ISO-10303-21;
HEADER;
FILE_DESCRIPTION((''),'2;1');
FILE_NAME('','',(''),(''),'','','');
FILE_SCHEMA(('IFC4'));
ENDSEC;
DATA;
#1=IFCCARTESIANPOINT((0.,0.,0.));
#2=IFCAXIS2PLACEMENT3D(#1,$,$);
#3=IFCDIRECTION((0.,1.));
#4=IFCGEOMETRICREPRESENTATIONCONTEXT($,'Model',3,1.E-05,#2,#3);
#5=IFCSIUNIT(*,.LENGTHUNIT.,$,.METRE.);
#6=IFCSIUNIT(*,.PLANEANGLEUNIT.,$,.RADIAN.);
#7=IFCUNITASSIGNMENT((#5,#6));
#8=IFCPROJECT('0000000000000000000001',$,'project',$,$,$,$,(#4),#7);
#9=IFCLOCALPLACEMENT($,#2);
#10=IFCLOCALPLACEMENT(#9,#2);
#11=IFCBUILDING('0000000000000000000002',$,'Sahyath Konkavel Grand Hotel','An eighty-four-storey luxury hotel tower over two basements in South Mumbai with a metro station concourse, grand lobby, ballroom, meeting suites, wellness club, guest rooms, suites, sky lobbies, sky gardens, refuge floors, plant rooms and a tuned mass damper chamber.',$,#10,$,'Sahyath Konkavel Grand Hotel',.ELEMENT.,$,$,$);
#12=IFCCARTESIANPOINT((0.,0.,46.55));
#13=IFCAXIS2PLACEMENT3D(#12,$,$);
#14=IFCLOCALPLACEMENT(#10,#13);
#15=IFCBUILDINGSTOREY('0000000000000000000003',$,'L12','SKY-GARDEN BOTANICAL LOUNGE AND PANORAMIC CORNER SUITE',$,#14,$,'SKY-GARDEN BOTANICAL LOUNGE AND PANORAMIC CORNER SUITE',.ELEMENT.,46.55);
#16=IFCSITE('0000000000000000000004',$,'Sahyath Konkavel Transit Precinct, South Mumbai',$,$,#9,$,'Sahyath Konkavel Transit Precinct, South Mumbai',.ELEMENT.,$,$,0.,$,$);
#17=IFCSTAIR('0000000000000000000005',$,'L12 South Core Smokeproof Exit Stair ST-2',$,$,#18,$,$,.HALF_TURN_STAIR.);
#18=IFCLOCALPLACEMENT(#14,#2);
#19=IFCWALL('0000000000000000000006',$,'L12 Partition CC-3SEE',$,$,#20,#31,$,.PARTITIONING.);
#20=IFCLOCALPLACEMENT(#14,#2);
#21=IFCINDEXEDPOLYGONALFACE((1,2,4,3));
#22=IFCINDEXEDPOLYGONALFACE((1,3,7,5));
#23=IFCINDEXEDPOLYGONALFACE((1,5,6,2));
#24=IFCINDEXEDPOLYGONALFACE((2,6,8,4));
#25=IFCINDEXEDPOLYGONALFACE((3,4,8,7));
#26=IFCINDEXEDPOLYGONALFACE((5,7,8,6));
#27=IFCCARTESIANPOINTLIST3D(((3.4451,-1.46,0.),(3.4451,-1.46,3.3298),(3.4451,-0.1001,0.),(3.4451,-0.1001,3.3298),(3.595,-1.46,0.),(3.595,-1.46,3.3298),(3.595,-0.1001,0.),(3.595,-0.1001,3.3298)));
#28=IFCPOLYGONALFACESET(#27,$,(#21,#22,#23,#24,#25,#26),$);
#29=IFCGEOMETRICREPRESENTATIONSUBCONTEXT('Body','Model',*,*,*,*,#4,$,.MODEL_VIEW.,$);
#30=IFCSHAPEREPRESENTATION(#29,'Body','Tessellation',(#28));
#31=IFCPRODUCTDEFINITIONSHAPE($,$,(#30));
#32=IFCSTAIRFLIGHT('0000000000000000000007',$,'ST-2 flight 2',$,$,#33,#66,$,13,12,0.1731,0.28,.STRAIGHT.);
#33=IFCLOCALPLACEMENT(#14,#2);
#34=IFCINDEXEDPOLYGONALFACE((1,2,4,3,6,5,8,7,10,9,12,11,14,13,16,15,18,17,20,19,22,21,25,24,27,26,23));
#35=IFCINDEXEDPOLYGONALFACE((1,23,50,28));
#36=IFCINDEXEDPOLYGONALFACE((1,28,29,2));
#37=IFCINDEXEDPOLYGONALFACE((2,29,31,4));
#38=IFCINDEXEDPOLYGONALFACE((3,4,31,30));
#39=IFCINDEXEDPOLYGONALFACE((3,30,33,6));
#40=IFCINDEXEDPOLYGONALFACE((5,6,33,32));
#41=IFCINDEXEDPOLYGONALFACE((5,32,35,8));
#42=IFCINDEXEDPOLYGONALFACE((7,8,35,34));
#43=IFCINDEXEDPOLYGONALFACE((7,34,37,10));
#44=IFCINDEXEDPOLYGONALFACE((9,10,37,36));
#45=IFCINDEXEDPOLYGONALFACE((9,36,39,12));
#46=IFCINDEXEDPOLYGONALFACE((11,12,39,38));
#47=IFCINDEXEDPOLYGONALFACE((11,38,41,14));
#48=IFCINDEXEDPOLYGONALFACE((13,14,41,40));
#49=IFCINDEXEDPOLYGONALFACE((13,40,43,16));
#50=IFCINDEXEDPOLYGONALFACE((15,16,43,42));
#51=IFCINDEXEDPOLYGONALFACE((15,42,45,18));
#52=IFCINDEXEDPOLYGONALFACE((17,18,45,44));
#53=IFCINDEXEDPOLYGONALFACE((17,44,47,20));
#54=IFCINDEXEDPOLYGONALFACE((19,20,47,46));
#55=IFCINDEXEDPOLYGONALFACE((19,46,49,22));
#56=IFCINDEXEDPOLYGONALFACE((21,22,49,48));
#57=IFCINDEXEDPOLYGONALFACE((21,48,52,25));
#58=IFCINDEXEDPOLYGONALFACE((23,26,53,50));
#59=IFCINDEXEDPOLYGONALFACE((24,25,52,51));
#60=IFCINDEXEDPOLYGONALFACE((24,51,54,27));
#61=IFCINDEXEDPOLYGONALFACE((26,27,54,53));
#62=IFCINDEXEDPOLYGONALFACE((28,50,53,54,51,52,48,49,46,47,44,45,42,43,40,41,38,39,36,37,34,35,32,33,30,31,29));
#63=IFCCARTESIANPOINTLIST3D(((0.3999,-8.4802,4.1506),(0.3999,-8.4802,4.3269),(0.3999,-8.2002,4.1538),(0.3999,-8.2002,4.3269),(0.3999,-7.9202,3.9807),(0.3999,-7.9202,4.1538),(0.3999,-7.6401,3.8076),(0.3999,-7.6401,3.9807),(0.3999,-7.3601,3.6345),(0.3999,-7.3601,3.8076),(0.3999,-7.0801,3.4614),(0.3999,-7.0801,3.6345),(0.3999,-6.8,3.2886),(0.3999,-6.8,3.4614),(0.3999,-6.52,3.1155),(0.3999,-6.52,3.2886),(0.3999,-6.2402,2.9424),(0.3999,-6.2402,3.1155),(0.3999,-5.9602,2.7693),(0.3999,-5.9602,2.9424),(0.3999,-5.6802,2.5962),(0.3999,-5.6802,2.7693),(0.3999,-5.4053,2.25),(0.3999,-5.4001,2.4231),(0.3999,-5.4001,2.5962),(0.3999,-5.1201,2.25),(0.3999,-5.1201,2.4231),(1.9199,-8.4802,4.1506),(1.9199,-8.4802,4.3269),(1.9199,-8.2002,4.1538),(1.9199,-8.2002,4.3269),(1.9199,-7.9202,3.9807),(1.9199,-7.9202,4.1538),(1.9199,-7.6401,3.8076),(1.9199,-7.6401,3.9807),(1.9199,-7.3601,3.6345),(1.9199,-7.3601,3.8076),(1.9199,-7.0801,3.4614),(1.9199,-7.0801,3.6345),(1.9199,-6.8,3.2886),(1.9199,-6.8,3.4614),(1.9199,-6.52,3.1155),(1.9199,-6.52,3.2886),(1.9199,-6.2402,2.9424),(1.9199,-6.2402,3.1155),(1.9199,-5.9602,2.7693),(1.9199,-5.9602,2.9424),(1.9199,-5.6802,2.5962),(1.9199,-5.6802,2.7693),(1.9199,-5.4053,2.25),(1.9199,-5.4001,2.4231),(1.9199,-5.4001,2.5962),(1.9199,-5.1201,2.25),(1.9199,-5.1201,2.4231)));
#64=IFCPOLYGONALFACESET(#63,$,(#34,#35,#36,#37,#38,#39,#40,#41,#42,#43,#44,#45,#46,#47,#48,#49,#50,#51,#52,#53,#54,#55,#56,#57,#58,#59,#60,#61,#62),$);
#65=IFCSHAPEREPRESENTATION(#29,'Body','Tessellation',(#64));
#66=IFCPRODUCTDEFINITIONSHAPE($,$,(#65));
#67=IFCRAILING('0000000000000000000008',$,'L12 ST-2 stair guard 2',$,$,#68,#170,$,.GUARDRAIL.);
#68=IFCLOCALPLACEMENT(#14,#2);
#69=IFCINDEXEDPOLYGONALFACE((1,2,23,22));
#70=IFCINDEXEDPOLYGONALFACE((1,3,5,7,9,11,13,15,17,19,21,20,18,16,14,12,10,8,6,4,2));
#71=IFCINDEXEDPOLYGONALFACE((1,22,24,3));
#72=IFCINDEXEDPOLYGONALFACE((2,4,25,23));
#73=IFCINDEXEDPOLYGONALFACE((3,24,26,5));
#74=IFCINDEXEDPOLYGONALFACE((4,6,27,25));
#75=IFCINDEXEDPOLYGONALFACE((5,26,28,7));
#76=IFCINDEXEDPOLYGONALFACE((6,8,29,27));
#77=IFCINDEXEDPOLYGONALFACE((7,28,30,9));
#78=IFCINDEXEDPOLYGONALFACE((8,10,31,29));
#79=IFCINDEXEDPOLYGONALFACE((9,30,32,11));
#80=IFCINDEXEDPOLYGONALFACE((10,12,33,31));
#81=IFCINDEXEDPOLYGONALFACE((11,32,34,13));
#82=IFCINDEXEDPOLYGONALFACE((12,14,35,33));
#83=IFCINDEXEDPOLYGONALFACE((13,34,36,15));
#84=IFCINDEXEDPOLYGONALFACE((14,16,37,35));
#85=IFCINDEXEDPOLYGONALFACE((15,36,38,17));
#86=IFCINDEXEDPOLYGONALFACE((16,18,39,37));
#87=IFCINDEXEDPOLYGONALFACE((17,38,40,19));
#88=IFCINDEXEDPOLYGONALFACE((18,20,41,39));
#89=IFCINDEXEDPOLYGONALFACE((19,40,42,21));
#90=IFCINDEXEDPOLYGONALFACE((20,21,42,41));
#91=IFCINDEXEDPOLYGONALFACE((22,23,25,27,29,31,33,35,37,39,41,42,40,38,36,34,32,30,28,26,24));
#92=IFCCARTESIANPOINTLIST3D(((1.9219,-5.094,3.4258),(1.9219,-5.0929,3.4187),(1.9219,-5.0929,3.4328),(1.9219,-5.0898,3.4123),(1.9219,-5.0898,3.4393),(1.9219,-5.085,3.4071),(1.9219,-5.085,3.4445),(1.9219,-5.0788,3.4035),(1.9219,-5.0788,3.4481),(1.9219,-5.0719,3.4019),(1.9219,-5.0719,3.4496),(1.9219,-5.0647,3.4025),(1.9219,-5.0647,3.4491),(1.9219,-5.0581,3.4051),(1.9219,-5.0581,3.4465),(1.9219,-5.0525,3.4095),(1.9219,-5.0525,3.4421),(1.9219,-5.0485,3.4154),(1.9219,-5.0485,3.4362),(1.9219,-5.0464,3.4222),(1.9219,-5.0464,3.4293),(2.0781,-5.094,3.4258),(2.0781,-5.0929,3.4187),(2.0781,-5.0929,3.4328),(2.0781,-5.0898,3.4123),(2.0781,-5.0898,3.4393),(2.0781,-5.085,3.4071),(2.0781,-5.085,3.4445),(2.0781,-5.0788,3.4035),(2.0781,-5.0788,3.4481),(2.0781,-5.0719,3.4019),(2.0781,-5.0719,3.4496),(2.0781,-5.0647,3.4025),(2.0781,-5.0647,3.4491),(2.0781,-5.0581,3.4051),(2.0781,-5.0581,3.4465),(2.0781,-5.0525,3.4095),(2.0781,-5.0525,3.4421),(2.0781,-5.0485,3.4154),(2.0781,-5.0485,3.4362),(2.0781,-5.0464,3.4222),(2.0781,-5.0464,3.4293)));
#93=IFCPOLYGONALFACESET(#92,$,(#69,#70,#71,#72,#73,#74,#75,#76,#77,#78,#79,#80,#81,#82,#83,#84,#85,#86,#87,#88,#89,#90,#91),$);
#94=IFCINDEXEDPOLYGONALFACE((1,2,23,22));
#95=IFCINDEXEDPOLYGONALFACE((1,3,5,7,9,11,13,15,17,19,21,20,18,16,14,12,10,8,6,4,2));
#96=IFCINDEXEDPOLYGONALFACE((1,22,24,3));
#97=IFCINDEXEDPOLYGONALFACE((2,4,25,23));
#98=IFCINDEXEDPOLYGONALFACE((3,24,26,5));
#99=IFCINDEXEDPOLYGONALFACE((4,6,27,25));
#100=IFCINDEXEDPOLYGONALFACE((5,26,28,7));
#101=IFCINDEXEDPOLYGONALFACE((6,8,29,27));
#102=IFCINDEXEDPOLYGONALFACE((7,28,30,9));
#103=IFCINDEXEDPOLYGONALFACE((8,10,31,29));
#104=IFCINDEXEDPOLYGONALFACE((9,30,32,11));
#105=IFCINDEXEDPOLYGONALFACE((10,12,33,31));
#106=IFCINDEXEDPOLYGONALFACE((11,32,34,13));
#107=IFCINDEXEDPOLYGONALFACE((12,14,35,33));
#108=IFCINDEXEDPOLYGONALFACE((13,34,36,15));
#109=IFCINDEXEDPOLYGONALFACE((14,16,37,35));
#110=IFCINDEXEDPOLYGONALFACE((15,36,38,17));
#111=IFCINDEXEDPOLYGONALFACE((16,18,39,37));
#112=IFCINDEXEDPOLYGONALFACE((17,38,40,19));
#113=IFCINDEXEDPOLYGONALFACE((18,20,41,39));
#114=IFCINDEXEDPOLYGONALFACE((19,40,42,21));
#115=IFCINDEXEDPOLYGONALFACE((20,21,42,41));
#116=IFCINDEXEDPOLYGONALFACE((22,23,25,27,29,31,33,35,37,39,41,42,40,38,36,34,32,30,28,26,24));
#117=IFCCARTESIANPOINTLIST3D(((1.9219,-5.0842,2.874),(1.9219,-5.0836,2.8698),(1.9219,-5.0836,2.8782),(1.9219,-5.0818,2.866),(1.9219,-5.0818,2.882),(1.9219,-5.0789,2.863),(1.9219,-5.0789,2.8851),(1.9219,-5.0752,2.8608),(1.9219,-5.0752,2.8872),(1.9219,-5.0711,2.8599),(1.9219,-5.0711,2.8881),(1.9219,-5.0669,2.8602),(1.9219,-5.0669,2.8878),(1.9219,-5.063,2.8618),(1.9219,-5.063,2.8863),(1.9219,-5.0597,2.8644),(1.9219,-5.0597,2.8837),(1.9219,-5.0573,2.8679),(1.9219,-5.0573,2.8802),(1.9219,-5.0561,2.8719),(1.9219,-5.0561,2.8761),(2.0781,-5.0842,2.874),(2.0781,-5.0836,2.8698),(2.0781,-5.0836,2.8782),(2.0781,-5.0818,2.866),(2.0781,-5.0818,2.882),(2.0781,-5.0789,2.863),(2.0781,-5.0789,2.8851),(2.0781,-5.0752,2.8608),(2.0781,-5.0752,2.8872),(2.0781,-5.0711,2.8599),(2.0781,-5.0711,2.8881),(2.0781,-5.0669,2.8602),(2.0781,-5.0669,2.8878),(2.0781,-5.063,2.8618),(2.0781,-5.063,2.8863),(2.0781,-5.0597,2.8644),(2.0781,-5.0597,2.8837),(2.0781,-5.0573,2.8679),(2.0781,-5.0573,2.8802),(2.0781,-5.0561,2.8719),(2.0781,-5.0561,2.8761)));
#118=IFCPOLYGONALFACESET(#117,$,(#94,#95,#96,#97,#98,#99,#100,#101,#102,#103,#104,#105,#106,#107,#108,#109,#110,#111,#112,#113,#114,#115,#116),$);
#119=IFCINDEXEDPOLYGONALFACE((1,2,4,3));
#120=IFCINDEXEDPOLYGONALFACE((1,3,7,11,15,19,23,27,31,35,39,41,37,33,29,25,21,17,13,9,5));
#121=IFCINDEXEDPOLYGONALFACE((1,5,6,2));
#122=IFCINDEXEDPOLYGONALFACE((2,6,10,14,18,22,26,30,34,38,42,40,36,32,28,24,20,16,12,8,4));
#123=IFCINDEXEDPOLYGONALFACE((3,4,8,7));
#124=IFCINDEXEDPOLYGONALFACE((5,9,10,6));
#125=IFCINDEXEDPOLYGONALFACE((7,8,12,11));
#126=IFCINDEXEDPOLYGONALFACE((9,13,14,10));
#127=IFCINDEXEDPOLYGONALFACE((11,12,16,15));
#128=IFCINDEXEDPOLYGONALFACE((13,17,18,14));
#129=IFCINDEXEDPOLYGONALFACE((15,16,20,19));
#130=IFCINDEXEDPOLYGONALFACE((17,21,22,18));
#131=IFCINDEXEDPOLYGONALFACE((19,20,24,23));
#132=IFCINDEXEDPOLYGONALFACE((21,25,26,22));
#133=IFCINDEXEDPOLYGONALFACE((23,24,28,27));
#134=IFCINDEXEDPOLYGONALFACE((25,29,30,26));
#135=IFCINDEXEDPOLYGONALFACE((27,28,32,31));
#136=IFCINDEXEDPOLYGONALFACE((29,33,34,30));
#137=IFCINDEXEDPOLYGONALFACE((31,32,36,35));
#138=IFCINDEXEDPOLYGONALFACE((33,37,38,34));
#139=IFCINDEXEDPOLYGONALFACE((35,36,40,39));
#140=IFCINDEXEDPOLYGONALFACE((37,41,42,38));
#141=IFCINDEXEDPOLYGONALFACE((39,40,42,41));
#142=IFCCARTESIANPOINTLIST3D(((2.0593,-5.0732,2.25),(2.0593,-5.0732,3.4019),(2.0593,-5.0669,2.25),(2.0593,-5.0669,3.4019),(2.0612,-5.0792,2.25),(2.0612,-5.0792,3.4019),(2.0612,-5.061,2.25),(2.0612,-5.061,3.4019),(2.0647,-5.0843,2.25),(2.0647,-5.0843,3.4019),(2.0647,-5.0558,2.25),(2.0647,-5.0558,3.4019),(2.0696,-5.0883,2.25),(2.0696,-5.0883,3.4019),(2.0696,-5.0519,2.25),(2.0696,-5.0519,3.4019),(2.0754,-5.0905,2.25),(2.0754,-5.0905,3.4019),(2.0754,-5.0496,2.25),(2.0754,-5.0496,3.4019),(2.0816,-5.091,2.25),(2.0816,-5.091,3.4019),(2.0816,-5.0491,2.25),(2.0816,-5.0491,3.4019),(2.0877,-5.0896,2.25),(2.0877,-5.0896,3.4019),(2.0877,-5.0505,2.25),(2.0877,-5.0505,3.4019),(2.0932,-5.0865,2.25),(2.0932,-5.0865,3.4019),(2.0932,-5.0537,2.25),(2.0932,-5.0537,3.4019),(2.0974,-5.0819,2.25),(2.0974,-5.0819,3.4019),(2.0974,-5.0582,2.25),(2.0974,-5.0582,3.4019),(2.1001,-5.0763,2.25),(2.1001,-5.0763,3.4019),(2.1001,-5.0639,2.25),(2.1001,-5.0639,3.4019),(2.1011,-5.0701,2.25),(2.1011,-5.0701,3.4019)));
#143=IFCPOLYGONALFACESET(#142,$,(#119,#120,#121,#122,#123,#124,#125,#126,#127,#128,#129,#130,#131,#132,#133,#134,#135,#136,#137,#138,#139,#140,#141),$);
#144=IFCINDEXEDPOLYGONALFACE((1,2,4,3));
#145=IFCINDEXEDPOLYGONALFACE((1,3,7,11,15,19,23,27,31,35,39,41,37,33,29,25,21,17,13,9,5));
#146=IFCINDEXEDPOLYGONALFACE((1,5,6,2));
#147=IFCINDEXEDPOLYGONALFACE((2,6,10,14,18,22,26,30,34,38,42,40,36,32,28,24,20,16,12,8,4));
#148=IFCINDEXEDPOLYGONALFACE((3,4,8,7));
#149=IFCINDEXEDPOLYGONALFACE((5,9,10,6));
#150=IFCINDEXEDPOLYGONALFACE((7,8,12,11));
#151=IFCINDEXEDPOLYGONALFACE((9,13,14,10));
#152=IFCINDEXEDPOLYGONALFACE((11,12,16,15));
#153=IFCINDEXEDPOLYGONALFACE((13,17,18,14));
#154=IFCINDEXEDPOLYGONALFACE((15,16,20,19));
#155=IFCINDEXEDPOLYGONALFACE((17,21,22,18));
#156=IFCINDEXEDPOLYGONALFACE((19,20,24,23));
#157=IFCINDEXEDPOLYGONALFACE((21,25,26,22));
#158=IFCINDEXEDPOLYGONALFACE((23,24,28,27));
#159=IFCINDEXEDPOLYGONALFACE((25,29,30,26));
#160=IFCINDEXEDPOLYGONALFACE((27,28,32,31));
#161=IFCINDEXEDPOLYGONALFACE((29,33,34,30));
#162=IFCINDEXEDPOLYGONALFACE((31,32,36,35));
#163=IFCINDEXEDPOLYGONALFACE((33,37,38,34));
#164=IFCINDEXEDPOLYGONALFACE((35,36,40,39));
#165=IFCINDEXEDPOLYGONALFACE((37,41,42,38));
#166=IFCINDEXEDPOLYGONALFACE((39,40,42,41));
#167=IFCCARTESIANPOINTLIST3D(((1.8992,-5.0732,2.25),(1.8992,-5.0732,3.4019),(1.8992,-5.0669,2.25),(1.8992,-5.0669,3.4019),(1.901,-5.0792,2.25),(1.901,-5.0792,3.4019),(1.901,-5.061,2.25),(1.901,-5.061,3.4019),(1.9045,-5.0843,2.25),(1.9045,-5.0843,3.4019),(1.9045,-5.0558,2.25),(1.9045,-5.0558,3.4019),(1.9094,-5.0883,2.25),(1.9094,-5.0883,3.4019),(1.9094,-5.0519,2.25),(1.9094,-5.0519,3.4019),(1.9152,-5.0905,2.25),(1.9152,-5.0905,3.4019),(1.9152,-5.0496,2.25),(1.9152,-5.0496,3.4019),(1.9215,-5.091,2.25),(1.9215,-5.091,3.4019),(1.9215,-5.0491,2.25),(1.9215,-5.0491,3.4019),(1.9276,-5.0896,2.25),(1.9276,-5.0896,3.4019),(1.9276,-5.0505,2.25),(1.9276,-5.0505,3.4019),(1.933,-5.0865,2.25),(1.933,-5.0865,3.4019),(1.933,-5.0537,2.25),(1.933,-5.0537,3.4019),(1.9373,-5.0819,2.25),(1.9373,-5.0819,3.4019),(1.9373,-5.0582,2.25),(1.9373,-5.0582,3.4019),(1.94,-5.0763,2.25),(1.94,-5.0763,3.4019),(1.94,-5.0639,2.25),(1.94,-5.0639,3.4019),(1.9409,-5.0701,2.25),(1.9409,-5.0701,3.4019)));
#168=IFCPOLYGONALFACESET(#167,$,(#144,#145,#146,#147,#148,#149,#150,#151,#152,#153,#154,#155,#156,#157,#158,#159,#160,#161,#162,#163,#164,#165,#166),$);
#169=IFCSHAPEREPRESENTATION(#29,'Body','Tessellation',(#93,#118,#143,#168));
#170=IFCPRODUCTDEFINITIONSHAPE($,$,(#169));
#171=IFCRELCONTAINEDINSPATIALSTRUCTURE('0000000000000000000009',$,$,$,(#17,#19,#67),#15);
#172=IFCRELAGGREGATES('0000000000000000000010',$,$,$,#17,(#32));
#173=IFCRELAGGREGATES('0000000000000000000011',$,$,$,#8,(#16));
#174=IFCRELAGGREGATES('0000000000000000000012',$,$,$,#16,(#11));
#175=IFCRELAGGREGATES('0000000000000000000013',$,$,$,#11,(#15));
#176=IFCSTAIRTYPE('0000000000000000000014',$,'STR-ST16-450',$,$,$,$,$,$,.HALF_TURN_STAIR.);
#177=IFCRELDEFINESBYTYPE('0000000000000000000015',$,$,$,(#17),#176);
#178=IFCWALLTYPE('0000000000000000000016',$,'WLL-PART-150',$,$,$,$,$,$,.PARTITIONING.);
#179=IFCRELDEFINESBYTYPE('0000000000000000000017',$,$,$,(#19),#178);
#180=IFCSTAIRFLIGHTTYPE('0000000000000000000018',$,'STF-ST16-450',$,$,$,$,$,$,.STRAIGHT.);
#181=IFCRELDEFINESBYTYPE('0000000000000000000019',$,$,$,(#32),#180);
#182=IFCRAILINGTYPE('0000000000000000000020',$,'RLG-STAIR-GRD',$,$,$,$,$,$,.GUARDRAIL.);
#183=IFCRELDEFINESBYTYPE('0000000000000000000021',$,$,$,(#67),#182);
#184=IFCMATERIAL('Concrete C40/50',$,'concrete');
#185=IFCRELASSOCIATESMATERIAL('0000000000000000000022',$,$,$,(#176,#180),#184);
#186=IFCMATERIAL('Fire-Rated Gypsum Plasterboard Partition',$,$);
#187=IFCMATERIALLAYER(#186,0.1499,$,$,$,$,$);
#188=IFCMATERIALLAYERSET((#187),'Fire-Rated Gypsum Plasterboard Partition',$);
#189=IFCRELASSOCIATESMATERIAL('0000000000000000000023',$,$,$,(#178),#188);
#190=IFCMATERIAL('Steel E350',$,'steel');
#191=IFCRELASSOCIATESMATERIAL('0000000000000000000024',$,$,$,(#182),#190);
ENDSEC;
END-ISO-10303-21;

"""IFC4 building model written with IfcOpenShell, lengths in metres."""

from ifc_helpers import new_model, si_unit, direction, frame, frame_2d, origin, origin_2d, place, context, subcontext, project, spatial, polyline, rectangle, circle, outline, extrude, material, layer, layer_set, type_object, element, aggregate, save


model = new_model("IFC4")

# Units and contexts
model_context = context("Model", 3, precision=1e-05, world=origin(), true_north=direction((0.0, 1.0)))
body_context = subcontext(model_context, "Body", "Model", "MODEL_VIEW")
ifc_project = project(units=[si_unit("LENGTHUNIT", "METRE"), si_unit("PLANEANGLEUNIT", "RADIAN")], contexts=[model_context])

# Site, building, storey
site_placement = place(None, origin())
site = spatial("IfcSite", under=ifc_project, at=site_placement, Name="Sahyath Konkavel Transit Precinct, South Mumbai", LongName="Sahyath Konkavel Transit Precinct, South Mumbai", CompositionType="ELEMENT", RefElevation=0.0)
building_placement = place(site_placement, origin())
building = spatial("IfcBuilding", under=site, at=building_placement, Name="Sahyath Konkavel Grand Hotel", Description="An eighty-four-storey luxury hotel tower over two basements in South Mumbai with a metro station concourse, grand lobby, ballroom, meeting suites, wellness club, guest rooms, suites, sky lobbies, sky gardens, refuge floors, plant rooms and a tuned mass damper chamber.", LongName="Sahyath Konkavel Grand Hotel", CompositionType="ELEMENT")
storey_placement = place(building_placement, frame((0.0, 0.0, 46.55)))
storey = spatial("IfcBuildingStorey", under=building, at=storey_placement, Name="L12", Description="SKY-GARDEN BOTANICAL LOUNGE AND PANORAMIC CORNER SUITE", LongName="SKY-GARDEN BOTANICAL LOUNGE AND PANORAMIC CORNER SUITE", CompositionType="ELEMENT", Elevation=46.55)

# Shared definitions
ifc_material_1 = material(Name="Steel E350", Category="steel")

# Shared definitions
ifc_material_2 = material(Name="Concrete C40/50", Category="concrete")

# Stair
stair_type = type_object("IfcStairType", Name="STR-ST16-450", PredefinedType="HALF_TURN_STAIR", material=ifc_material_2)
stair_1_placement = place(storey_placement, origin())
stair_1 = element("IfcStair", 1, at=stair_1_placement, inside=storey, type_object=stair_type, Name="L12 South Core Smokeproof Exit Stair ST-2", PredefinedType="HALF_TURN_STAIR")

# Shared definitions
ifc_material_3 = material(Name="Fire-Rated Gypsum Plasterboard Partition")
ifc_layer_1 = layer(ifc_material_3, 0.1499)
ifc_layer_set_1 = layer_set([ifc_layer_1], Name="Fire-Rated Gypsum Plasterboard Partition")
wall_type_1 = type_object("IfcWallType", Name="WLL-PART-150", PredefinedType="PARTITIONING", material=ifc_layer_set_1)

# Wall
wall_1_placement = place(storey_placement, frame((3.52, -1.46, 0.0), z_axis=(0.0, 0.0, 1.0), x_axis=(0.0, 1.0, 0.0)))
element("IfcWall", 2, at=wall_1_placement, inside=storey, type_object=wall_type_1, Name="L12 Partition CC-3SEE", PredefinedType="PARTITIONING", context=body_context, shape_type="SweptSolid", body=[
    extrude(rectangle(XDim=1.3599, YDim=0.1499, at=frame_2d((0.6799, 0.0))), origin(), (0.0, 0.0, 1.0), 3.3298),
])

# Stair flight
stair_flight_type = type_object("IfcStairFlightType", Name="STF-ST16-450", PredefinedType="STRAIGHT", material=ifc_material_2)
stair_flight_placement = place(storey_placement, frame((1.1599, -5.1201, 2.25), z_axis=(0.0, 0.0, 1.0), x_axis=(0.0, -1.0, 0.0)))
stair_flight = element("IfcStairFlight", 3, at=stair_flight_placement, type_object=stair_flight_type, Name="ST-2 flight 2", NumberOfRisers=13, NumberOfTreads=12, PredefinedType="STRAIGHT", RiserHeight=0.1731, TreadLength=0.28, context=body_context, shape_type="SweptSolid", body=[
    extrude(outline(polyline([(0.0, 0.0), (0.0, 0.1731), (0.28, 0.1731), (0.28, 0.3462), (0.5601, 0.3462), (0.5601, 0.5193), (0.8401, 0.5193), (0.8401, 0.6924), (1.1201, 0.6924), (1.1201, 0.8655), (1.3999, 0.8655), (1.3999, 1.0386), (1.6799, 1.0386), (1.6799, 1.2114), (1.96, 1.2114), (1.96, 1.3845), (2.24, 1.3845), (2.24, 1.5576), (2.52, 1.5576), (2.52, 1.7307), (2.8, 1.7307), (2.8, 1.9038), (3.0801, 1.9038), (3.0801, 2.0769), (3.3601, 2.0769), (3.3601, 2.25), (3.3601, 1.9006), (0.2852, 0.0), (0.0, 0.0)])), frame((0.0, 0.76, 0.0), z_axis=(0.0, -1.0, 0.0), x_axis=(1.0, 0.0, 0.0)), (0.0, 0.0, 1.0), 1.52),
])
aggregate(stair_1, [stair_flight])

# Railing
railing_type_1 = type_object("IfcRailingType", Name="RLG-STAIR-GRD", PredefinedType="GUARDRAIL", material=ifc_material_1)
railing_1_placement = place(storey_placement, frame((2.0801, -5.0701, 2.25)))
element("IfcRailing", 4, at=railing_1_placement, inside=storey, type_object=railing_type_1, Name="L12 ST-2 stair guard 2", PredefinedType="GUARDRAIL", context=body_context, shape_type="SweptSolid", body=[
    extrude(circle(Radius=0.0239, at=origin_2d()), frame((-0.002, 0.0, 1.1758), z_axis=(-1.0, 0.0, 0.0), x_axis=(0.0, -1.0, 0.0)), (0.0, 0.0, 1.0), 0.1562),
    extrude(circle(Radius=0.0142, at=origin_2d()), frame((-0.002, 0.0, 0.624), z_axis=(-1.0, 0.0, 0.0), x_axis=(0.0, -1.0, 0.0)), (0.0, 0.0, 1.0), 0.1562),
    extrude(circle(Radius=0.021, at=origin_2d()), origin(), (0.0, 0.0, 1.0), 1.1519),
    extrude(circle(Radius=0.021, at=origin_2d()), frame((-0.1602, 0.0, 0.0)), (0.0, 0.0, 1.0), 1.1519),
])

save(model, "model.ifc")
